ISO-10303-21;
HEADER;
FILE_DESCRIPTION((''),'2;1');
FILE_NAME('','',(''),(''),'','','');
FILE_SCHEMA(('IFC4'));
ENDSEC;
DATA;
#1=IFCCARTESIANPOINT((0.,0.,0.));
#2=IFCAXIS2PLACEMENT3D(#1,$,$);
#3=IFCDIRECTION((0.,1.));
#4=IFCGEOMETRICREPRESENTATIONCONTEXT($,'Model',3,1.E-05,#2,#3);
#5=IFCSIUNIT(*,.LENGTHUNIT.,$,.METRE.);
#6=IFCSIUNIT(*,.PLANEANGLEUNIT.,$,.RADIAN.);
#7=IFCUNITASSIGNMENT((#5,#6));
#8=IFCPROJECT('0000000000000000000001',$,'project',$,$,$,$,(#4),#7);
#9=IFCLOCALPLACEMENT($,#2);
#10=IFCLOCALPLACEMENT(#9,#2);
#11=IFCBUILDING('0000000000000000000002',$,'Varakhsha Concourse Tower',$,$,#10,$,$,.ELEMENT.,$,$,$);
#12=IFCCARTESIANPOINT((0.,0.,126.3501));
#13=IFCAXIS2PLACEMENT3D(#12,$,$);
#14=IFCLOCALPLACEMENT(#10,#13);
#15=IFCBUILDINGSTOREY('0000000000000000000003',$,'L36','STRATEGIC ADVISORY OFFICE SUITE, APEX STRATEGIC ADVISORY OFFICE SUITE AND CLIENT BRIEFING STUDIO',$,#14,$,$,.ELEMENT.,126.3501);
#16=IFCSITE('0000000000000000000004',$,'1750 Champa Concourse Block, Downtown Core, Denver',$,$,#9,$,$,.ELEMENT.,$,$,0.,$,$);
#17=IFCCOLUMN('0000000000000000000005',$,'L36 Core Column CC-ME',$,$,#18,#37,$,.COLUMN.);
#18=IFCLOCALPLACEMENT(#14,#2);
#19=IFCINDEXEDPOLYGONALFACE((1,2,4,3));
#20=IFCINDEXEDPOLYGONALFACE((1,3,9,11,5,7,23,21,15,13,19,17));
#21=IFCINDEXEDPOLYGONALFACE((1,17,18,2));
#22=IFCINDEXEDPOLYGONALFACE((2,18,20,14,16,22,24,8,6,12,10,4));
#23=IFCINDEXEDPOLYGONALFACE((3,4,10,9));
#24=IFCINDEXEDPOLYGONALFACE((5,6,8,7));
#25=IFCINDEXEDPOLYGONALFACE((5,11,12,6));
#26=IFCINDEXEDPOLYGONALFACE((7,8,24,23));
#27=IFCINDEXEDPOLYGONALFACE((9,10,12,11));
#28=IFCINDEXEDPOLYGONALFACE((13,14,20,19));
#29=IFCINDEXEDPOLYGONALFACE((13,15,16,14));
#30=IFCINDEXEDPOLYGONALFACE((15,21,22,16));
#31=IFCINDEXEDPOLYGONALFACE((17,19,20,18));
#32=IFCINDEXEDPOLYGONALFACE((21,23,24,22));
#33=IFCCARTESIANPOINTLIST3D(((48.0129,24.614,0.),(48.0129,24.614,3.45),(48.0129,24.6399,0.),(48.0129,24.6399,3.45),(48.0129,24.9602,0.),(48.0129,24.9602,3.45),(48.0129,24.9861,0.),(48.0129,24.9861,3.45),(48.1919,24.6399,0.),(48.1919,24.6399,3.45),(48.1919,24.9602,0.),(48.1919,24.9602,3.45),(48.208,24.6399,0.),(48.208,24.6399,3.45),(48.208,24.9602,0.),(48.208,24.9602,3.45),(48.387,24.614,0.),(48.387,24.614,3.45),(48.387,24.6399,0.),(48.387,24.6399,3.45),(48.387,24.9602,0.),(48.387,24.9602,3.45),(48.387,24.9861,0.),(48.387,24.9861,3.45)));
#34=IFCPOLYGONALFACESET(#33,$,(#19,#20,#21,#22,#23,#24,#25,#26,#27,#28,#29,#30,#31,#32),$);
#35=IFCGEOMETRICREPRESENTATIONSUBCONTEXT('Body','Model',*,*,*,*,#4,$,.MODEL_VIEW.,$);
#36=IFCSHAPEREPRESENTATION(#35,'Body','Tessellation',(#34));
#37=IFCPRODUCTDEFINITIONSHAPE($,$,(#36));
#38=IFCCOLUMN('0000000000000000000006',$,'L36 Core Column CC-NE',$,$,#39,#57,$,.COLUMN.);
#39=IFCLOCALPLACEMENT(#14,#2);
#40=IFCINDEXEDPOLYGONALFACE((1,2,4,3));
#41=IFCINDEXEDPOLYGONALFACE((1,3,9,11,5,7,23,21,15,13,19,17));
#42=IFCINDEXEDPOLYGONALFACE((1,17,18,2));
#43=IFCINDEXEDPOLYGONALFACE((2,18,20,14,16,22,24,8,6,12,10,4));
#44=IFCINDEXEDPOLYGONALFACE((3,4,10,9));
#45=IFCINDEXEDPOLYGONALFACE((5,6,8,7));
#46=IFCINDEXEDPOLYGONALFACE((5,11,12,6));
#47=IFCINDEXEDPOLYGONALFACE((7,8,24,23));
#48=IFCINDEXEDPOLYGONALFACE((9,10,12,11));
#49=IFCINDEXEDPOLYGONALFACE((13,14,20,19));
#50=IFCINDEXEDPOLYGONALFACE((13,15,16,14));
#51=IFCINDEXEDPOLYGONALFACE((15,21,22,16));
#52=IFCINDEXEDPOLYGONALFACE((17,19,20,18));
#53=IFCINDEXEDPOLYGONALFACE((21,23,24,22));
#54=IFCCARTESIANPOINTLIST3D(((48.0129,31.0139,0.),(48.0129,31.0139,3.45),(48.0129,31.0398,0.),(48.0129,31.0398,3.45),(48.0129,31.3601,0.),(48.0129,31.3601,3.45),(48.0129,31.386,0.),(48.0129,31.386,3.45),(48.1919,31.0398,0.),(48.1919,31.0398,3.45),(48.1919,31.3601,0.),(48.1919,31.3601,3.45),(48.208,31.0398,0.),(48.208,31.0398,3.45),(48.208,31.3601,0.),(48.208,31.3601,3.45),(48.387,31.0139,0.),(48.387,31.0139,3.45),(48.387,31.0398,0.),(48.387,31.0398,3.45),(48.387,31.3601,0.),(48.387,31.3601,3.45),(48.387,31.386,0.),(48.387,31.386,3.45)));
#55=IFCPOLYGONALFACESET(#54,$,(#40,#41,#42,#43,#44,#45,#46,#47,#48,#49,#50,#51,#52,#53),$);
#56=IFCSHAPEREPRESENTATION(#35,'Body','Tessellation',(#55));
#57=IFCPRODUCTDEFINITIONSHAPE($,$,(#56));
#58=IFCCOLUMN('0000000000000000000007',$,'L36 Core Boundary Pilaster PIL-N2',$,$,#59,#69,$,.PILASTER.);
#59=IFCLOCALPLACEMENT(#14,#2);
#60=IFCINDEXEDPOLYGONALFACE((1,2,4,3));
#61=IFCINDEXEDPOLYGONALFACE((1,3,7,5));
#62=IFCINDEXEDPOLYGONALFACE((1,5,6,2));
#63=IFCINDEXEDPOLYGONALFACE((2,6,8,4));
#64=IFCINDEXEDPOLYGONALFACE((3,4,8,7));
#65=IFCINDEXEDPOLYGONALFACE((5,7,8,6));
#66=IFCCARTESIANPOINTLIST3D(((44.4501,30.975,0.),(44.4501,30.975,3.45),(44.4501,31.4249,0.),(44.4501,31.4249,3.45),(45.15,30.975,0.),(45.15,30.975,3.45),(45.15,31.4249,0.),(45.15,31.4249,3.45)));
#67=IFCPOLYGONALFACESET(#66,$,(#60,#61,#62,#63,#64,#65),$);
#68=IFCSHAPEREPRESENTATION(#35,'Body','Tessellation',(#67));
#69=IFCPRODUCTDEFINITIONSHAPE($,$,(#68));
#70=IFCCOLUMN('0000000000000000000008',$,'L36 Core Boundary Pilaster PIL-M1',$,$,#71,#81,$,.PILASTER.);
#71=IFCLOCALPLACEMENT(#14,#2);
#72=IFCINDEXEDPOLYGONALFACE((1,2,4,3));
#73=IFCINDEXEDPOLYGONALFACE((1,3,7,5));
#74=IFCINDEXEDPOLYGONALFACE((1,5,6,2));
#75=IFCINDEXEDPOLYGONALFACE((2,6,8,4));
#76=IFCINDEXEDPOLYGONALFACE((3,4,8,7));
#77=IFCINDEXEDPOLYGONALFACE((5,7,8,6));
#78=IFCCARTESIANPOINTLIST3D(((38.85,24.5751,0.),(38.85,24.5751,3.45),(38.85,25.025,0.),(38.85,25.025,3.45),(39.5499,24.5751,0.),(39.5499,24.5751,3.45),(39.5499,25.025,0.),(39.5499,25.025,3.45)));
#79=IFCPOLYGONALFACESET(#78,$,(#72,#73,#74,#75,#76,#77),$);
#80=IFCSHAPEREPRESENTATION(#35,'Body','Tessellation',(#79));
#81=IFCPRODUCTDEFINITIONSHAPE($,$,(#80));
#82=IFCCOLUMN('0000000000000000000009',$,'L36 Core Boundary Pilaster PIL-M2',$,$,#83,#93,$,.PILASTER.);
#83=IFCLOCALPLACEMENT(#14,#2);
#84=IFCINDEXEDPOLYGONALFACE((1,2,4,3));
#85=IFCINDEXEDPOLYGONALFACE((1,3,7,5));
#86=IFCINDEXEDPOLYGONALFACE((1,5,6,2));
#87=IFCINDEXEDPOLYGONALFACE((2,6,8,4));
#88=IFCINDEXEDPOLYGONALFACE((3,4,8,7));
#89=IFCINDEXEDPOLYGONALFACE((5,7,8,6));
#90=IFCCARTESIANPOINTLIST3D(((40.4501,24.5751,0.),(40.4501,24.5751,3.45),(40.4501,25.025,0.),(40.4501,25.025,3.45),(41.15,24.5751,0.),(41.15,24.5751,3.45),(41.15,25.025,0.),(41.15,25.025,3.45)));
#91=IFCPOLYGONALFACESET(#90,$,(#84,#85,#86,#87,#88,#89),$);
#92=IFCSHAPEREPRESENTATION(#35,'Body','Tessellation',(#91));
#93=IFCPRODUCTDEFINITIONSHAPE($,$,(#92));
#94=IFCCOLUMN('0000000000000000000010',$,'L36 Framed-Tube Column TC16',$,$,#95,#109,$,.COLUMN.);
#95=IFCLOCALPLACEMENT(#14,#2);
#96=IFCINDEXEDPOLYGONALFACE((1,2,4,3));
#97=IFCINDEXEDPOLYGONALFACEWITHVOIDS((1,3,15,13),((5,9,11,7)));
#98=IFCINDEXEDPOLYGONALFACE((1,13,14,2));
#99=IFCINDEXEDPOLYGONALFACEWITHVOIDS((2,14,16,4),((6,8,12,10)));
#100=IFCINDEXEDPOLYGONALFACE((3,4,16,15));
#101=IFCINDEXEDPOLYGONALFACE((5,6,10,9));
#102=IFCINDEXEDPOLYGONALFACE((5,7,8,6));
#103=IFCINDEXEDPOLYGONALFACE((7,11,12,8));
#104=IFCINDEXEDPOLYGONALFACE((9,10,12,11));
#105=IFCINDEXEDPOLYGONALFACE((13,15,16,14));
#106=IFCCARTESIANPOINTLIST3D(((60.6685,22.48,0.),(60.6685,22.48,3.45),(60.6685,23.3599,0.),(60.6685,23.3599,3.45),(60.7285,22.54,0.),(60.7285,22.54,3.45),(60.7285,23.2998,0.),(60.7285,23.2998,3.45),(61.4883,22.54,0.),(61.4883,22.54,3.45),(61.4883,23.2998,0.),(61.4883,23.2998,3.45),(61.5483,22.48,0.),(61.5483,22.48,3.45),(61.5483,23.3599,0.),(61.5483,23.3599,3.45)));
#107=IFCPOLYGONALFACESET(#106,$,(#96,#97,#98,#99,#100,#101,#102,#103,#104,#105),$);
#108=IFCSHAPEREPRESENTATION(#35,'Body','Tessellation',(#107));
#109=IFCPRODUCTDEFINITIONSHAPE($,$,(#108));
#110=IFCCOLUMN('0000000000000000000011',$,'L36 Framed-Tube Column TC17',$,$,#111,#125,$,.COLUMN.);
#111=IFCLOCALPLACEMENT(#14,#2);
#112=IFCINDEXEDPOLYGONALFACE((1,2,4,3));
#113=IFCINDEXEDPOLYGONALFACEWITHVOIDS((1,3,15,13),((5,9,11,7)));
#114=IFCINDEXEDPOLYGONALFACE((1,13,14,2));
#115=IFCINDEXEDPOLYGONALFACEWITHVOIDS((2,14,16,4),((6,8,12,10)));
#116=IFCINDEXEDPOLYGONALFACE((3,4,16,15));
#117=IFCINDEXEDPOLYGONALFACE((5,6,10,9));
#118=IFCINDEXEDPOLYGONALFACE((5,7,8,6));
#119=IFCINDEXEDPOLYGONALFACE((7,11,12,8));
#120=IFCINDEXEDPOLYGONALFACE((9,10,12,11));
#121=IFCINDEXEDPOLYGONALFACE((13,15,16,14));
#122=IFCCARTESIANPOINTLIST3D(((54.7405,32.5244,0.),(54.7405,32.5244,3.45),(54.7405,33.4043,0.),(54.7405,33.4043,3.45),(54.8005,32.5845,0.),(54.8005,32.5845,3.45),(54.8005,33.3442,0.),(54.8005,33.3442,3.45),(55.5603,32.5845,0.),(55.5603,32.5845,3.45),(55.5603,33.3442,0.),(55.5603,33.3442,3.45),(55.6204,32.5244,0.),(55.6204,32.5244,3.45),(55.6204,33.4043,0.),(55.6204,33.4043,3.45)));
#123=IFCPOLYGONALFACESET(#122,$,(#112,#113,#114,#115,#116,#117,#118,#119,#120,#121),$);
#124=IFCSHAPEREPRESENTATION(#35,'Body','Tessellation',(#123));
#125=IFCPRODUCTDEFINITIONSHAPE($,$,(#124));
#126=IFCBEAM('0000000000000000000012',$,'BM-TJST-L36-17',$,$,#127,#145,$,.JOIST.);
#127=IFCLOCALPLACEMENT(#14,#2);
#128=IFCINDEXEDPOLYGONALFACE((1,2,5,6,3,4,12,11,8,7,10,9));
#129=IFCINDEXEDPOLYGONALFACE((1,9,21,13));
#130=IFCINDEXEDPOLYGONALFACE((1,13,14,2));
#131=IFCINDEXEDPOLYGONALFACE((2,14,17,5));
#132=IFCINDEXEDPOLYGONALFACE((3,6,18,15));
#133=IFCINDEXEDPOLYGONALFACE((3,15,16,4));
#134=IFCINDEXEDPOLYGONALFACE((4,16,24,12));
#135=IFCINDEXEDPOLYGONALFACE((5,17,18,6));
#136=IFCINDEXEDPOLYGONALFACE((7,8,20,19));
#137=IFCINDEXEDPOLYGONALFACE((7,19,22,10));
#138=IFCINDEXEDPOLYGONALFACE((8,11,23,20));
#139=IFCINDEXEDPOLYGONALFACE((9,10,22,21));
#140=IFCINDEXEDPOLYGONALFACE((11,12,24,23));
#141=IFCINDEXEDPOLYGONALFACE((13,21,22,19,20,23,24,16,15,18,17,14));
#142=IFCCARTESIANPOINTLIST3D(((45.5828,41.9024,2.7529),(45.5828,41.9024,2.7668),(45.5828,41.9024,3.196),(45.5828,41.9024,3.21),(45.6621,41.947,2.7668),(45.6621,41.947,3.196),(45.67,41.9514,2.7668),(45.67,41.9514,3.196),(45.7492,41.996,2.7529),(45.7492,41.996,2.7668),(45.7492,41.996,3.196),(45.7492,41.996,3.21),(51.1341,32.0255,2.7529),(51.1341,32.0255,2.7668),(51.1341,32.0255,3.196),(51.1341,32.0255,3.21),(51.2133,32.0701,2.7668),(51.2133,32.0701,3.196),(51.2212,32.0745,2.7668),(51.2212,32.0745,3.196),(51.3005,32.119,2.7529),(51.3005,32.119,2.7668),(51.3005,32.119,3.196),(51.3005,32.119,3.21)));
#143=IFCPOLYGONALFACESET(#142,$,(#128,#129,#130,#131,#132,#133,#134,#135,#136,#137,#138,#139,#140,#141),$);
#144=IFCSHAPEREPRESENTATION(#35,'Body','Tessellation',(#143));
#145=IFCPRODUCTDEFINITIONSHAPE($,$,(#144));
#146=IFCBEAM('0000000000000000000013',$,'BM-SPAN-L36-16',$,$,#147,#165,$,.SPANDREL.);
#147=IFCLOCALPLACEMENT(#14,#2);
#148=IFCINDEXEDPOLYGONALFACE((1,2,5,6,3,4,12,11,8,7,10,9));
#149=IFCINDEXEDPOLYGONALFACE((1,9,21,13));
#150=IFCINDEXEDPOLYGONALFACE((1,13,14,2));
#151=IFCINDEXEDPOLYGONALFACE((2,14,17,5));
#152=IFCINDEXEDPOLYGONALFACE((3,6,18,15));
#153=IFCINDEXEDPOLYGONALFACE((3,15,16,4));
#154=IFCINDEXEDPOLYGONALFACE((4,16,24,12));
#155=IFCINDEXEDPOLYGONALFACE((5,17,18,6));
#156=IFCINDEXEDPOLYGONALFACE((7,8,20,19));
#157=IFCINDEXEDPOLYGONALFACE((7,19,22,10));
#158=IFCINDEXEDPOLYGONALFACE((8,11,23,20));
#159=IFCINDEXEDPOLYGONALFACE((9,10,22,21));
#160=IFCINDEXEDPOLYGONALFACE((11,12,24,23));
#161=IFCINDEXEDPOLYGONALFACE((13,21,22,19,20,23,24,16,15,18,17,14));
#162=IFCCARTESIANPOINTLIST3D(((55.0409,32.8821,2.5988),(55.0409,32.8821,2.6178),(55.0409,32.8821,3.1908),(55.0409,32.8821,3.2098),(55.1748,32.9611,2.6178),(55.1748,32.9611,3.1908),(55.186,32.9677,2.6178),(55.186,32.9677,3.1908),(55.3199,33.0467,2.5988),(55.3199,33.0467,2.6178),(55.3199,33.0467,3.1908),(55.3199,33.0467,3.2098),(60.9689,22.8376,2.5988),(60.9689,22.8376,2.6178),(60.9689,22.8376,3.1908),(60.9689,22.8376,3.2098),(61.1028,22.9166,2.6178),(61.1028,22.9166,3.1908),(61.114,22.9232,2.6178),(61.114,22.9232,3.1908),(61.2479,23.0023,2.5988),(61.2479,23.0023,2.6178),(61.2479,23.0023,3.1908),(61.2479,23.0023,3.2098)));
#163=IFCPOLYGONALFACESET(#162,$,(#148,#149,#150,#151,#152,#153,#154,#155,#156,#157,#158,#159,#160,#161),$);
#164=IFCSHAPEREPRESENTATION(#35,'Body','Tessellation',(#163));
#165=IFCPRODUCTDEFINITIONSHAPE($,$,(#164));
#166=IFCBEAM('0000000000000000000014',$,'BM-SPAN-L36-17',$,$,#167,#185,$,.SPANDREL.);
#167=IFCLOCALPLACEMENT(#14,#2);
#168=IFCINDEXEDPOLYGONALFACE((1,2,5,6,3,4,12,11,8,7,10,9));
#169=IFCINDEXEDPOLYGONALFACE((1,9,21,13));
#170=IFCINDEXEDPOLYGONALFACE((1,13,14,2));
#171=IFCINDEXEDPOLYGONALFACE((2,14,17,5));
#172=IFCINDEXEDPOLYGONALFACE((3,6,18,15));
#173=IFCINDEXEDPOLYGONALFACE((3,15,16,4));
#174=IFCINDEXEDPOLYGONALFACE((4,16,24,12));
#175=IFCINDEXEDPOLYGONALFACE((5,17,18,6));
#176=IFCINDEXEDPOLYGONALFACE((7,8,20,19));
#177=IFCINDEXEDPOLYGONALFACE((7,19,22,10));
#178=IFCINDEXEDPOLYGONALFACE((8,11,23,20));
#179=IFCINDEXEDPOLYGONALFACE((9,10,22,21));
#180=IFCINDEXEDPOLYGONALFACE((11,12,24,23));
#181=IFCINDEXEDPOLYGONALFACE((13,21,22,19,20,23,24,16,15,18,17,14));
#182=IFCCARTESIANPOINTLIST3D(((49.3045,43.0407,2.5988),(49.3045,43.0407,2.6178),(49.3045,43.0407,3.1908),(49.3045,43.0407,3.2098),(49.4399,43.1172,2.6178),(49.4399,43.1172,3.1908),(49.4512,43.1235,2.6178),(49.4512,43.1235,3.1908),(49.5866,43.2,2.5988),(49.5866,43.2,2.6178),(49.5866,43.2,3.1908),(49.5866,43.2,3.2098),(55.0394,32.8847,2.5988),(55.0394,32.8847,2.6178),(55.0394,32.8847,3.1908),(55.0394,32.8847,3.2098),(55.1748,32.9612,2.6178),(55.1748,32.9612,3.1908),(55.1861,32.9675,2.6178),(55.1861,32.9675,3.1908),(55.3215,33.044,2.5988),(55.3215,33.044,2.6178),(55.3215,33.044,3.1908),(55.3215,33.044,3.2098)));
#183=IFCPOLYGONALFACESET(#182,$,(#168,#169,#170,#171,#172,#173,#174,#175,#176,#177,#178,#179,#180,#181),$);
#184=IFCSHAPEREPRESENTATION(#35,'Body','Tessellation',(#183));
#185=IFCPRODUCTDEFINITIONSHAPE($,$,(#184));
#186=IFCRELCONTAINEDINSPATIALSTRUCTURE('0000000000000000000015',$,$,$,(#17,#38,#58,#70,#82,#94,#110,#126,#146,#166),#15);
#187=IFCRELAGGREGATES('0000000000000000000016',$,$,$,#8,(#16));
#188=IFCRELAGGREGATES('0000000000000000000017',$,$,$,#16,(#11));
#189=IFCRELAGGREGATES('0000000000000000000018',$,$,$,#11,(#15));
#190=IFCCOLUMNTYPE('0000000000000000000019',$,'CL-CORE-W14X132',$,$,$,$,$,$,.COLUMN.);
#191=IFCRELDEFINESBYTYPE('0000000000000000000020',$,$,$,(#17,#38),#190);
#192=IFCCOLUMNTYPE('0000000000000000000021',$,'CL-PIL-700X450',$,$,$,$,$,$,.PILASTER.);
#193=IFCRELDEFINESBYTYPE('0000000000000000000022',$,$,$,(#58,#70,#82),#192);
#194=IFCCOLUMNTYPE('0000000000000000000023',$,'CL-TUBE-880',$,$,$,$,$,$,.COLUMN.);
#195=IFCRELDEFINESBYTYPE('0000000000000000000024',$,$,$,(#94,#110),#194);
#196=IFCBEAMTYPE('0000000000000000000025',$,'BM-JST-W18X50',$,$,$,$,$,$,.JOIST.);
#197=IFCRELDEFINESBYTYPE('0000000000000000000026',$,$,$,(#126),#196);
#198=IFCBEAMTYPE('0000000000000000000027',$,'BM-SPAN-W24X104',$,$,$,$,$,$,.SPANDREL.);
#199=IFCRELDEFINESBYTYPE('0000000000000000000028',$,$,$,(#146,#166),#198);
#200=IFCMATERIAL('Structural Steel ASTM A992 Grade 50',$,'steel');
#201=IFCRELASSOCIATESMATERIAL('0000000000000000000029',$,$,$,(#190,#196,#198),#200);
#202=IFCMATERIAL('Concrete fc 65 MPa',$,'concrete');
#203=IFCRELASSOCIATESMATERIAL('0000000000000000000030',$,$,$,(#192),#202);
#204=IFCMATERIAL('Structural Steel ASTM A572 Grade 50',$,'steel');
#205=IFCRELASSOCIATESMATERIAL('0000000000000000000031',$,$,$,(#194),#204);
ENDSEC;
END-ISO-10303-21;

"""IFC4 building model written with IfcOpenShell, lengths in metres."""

from ifc_helpers import new_model, si_unit, direction, frame, origin, origin_2d, place, context, subcontext, project, spatial, rectangle, hollow_rectangle, i_section, extrude, material, material_profile, profile_set, type_object, element, save


model = new_model("IFC4")

# Units and contexts
model_context = context("Model", 3, precision=1e-05, world=origin(), true_north=direction((0.0, 1.0)))
body_context = subcontext(model_context, "Body", "Model", "MODEL_VIEW")
ifc_project = project(units=[si_unit("LENGTHUNIT", "METRE"), si_unit("PLANEANGLEUNIT", "RADIAN")], contexts=[model_context])

# Site, building, storey
site_placement = place(None, origin())
site = spatial("IfcSite", under=ifc_project, at=site_placement, Name="1750 Champa Concourse Block, Downtown Core, Denver", CompositionType="ELEMENT", RefElevation=0.0)
building_placement = place(site_placement, origin())
building = spatial("IfcBuilding", under=site, at=building_placement, Name="Varakhsha Concourse Tower", CompositionType="ELEMENT")
storey_placement = place(building_placement, frame((0.0, 0.0, 126.3501)))
storey = spatial("IfcBuildingStorey", under=building, at=storey_placement, Name="L36", Description="STRATEGIC ADVISORY OFFICE SUITE, APEX STRATEGIC ADVISORY OFFICE SUITE AND CLIENT BRIEFING STUDIO", CompositionType="ELEMENT", Elevation=126.3501)

# Columns
ifc_material_1 = material(Name="Structural Steel ASTM A992 Grade 50", Category="steel")
ifc_material_profile_1 = material_profile(ifc_material_1, i_section(OverallWidth=0.374, OverallDepth=0.3721, WebThickness=0.0161, FlangeThickness=0.0259, at=origin_2d()), Name="W14X132")
ifc_profile_set_1 = profile_set([ifc_material_profile_1], Name="Structural Steel ASTM A992 Grade 50")
column_type_1 = type_object("IfcColumnType", Name="CL-CORE-W14X132", PredefinedType="COLUMN", material=ifc_profile_set_1)
for number, where, z_axis, x_axis, name in (
    (1, (48.2, 24.8, 0.0), (0.0, 0.0, 1.0), (1.0, 0.0, 0.0), "L36 Core Column CC-ME"),
    (2, (48.2, 31.2, 0.0), (0.0, 0.0, 1.0), (1.0, 0.0, 0.0), "L36 Core Column CC-NE"),
):
    element("IfcColumn", number, at=place(storey_placement, frame(where, z_axis=z_axis, x_axis=x_axis)), inside=storey, type_object=column_type_1, Name=name, PredefinedType="COLUMN", context=body_context, shape_type="SweptSolid", body=[
        extrude(i_section(OverallWidth=0.374, OverallDepth=0.3721, WebThickness=0.0161, FlangeThickness=0.0259, at=origin_2d()), origin(), (0.0, 0.0, 1.0), 3.45),
    ])
ifc_material_2 = material(Name="Concrete fc 65 MPa", Category="concrete")
ifc_material_profile_2 = material_profile(ifc_material_2, rectangle(XDim=0.7, YDim=0.45, at=origin_2d()), Name="RC 700x450")
ifc_profile_set_2 = profile_set([ifc_material_profile_2], Name="Concrete fc 65 MPa")
column_type_2 = type_object("IfcColumnType", Name="CL-PIL-700X450", PredefinedType="PILASTER", material=ifc_profile_set_2)
for number, where, z_axis, x_axis, name in (
    (3, (44.8, 31.2, 0.0), (0.0, 0.0, 1.0), (1.0, 0.0, 0.0), "L36 Core Boundary Pilaster PIL-N2"),
    (4, (39.2, 24.8, 0.0), (0.0, 0.0, 1.0), (1.0, 0.0, 0.0), "L36 Core Boundary Pilaster PIL-M1"),
    (5, (40.8, 24.8, 0.0), (0.0, 0.0, 1.0), (1.0, 0.0, 0.0), "L36 Core Boundary Pilaster PIL-M2"),
):
    element("IfcColumn", number, at=place(storey_placement, frame(where, z_axis=z_axis, x_axis=x_axis)), inside=storey, type_object=column_type_2, Name=name, PredefinedType="PILASTER", context=body_context, shape_type="SweptSolid", body=[
        extrude(rectangle(XDim=0.7, YDim=0.45, at=origin_2d()), origin(), (0.0, 0.0, 1.0), 3.45),
    ])
ifc_material_3 = material(Name="Structural Steel ASTM A572 Grade 50", Category="steel")
ifc_material_profile_3 = material_profile(ifc_material_3, hollow_rectangle(XDim=0.8799, YDim=0.8799, WallThickness=0.0601, at=origin_2d()), Name="BOX 880x880x60")
ifc_profile_set_3 = profile_set([ifc_material_profile_3], Name="Structural Steel ASTM A572 Grade 50")
column_type_3 = type_object("IfcColumnType", Name="CL-TUBE-880", PredefinedType="COLUMN", material=ifc_profile_set_3)
for number, where, z_axis, x_axis, name in (
    (6, (61.1084, 22.9199, 0.0), (0.0, 0.0, 1.0), (1.0, 0.0, 0.0), "L36 Framed-Tube Column TC16"),
    (7, (55.1804, 32.9644, 0.0), (0.0, 0.0, 1.0), (1.0, 0.0, 0.0), "L36 Framed-Tube Column TC17"),
):
    element("IfcColumn", number, at=place(storey_placement, frame(where, z_axis=z_axis, x_axis=x_axis)), inside=storey, type_object=column_type_3, Name=name, PredefinedType="COLUMN", context=body_context, shape_type="SweptSolid", body=[
        extrude(hollow_rectangle(XDim=0.8799, YDim=0.8799, WallThickness=0.0601, at=origin_2d()), origin(), (0.0, 0.0, 1.0), 3.45),
    ])

# Beams
ifc_material_profile_4 = material_profile(ifc_material_1, i_section(OverallWidth=0.1909, OverallDepth=0.457, WebThickness=0.009, FlangeThickness=0.0139, at=origin_2d()), Name="W18X50")
ifc_profile_set_4 = profile_set([ifc_material_profile_4], Name="Structural Steel ASTM A992 Grade 50")
beam_type_1 = type_object("IfcBeamType", Name="BM-JST-W18X50", PredefinedType="JOIST", material=ifc_profile_set_4)
beam_1_placement = place(storey_placement, frame((51.2173, 32.0723, 2.9814), z_axis=(-0.489958, 0.871746, 0.0), x_axis=(-0.871746, -0.489958, 0.0)))
element("IfcBeam", 8, at=beam_1_placement, inside=storey, type_object=beam_type_1, Name="BM-TJST-L36-17", PredefinedType="JOIST", context=body_context, shape_type="SweptSolid", body=[
    extrude(i_section(OverallWidth=0.1909, OverallDepth=0.457, WebThickness=0.009, FlangeThickness=0.0139, at=origin_2d()), origin(), (0.0, 0.0, 1.0), 11.3301),
])
ifc_material_profile_5 = material_profile(ifc_material_1, i_section(OverallWidth=0.324, OverallDepth=0.6111, WebThickness=0.0129, FlangeThickness=0.019, at=origin_2d()), Name="W24X104")
ifc_profile_set_5 = profile_set([ifc_material_profile_5], Name="Structural Steel ASTM A992 Grade 50")
beam_type_2 = type_object("IfcBeamType", Name="BM-SPAN-W24X104", PredefinedType="SPANDREL", material=ifc_profile_set_5)
for number, where, z_axis, x_axis, name in (
    (9, (61.1084, 22.9199, 2.9043), (-0.508261, 0.861203, 0.0), (-0.861203, -0.508261, 0.0), "BM-SPAN-L36-16"),
    (10, (55.1804, 32.9644, 2.9043), (-0.491701, 0.870764, 0.0), (-0.870764, -0.491701, 0.0), "BM-SPAN-L36-17"),
):
    element("IfcBeam", number, at=place(storey_placement, frame(where, z_axis=z_axis, x_axis=x_axis)), inside=storey, type_object=beam_type_2, Name=name, PredefinedType="SPANDREL", context=body_context, shape_type="SweptSolid", body=[
        extrude(i_section(OverallWidth=0.324, OverallDepth=0.6111, WebThickness=0.0129, FlangeThickness=0.019, at=origin_2d()), origin(), (0.0, 0.0, 1.0), 11.6633),
    ])

save(model, "model.ifc")
